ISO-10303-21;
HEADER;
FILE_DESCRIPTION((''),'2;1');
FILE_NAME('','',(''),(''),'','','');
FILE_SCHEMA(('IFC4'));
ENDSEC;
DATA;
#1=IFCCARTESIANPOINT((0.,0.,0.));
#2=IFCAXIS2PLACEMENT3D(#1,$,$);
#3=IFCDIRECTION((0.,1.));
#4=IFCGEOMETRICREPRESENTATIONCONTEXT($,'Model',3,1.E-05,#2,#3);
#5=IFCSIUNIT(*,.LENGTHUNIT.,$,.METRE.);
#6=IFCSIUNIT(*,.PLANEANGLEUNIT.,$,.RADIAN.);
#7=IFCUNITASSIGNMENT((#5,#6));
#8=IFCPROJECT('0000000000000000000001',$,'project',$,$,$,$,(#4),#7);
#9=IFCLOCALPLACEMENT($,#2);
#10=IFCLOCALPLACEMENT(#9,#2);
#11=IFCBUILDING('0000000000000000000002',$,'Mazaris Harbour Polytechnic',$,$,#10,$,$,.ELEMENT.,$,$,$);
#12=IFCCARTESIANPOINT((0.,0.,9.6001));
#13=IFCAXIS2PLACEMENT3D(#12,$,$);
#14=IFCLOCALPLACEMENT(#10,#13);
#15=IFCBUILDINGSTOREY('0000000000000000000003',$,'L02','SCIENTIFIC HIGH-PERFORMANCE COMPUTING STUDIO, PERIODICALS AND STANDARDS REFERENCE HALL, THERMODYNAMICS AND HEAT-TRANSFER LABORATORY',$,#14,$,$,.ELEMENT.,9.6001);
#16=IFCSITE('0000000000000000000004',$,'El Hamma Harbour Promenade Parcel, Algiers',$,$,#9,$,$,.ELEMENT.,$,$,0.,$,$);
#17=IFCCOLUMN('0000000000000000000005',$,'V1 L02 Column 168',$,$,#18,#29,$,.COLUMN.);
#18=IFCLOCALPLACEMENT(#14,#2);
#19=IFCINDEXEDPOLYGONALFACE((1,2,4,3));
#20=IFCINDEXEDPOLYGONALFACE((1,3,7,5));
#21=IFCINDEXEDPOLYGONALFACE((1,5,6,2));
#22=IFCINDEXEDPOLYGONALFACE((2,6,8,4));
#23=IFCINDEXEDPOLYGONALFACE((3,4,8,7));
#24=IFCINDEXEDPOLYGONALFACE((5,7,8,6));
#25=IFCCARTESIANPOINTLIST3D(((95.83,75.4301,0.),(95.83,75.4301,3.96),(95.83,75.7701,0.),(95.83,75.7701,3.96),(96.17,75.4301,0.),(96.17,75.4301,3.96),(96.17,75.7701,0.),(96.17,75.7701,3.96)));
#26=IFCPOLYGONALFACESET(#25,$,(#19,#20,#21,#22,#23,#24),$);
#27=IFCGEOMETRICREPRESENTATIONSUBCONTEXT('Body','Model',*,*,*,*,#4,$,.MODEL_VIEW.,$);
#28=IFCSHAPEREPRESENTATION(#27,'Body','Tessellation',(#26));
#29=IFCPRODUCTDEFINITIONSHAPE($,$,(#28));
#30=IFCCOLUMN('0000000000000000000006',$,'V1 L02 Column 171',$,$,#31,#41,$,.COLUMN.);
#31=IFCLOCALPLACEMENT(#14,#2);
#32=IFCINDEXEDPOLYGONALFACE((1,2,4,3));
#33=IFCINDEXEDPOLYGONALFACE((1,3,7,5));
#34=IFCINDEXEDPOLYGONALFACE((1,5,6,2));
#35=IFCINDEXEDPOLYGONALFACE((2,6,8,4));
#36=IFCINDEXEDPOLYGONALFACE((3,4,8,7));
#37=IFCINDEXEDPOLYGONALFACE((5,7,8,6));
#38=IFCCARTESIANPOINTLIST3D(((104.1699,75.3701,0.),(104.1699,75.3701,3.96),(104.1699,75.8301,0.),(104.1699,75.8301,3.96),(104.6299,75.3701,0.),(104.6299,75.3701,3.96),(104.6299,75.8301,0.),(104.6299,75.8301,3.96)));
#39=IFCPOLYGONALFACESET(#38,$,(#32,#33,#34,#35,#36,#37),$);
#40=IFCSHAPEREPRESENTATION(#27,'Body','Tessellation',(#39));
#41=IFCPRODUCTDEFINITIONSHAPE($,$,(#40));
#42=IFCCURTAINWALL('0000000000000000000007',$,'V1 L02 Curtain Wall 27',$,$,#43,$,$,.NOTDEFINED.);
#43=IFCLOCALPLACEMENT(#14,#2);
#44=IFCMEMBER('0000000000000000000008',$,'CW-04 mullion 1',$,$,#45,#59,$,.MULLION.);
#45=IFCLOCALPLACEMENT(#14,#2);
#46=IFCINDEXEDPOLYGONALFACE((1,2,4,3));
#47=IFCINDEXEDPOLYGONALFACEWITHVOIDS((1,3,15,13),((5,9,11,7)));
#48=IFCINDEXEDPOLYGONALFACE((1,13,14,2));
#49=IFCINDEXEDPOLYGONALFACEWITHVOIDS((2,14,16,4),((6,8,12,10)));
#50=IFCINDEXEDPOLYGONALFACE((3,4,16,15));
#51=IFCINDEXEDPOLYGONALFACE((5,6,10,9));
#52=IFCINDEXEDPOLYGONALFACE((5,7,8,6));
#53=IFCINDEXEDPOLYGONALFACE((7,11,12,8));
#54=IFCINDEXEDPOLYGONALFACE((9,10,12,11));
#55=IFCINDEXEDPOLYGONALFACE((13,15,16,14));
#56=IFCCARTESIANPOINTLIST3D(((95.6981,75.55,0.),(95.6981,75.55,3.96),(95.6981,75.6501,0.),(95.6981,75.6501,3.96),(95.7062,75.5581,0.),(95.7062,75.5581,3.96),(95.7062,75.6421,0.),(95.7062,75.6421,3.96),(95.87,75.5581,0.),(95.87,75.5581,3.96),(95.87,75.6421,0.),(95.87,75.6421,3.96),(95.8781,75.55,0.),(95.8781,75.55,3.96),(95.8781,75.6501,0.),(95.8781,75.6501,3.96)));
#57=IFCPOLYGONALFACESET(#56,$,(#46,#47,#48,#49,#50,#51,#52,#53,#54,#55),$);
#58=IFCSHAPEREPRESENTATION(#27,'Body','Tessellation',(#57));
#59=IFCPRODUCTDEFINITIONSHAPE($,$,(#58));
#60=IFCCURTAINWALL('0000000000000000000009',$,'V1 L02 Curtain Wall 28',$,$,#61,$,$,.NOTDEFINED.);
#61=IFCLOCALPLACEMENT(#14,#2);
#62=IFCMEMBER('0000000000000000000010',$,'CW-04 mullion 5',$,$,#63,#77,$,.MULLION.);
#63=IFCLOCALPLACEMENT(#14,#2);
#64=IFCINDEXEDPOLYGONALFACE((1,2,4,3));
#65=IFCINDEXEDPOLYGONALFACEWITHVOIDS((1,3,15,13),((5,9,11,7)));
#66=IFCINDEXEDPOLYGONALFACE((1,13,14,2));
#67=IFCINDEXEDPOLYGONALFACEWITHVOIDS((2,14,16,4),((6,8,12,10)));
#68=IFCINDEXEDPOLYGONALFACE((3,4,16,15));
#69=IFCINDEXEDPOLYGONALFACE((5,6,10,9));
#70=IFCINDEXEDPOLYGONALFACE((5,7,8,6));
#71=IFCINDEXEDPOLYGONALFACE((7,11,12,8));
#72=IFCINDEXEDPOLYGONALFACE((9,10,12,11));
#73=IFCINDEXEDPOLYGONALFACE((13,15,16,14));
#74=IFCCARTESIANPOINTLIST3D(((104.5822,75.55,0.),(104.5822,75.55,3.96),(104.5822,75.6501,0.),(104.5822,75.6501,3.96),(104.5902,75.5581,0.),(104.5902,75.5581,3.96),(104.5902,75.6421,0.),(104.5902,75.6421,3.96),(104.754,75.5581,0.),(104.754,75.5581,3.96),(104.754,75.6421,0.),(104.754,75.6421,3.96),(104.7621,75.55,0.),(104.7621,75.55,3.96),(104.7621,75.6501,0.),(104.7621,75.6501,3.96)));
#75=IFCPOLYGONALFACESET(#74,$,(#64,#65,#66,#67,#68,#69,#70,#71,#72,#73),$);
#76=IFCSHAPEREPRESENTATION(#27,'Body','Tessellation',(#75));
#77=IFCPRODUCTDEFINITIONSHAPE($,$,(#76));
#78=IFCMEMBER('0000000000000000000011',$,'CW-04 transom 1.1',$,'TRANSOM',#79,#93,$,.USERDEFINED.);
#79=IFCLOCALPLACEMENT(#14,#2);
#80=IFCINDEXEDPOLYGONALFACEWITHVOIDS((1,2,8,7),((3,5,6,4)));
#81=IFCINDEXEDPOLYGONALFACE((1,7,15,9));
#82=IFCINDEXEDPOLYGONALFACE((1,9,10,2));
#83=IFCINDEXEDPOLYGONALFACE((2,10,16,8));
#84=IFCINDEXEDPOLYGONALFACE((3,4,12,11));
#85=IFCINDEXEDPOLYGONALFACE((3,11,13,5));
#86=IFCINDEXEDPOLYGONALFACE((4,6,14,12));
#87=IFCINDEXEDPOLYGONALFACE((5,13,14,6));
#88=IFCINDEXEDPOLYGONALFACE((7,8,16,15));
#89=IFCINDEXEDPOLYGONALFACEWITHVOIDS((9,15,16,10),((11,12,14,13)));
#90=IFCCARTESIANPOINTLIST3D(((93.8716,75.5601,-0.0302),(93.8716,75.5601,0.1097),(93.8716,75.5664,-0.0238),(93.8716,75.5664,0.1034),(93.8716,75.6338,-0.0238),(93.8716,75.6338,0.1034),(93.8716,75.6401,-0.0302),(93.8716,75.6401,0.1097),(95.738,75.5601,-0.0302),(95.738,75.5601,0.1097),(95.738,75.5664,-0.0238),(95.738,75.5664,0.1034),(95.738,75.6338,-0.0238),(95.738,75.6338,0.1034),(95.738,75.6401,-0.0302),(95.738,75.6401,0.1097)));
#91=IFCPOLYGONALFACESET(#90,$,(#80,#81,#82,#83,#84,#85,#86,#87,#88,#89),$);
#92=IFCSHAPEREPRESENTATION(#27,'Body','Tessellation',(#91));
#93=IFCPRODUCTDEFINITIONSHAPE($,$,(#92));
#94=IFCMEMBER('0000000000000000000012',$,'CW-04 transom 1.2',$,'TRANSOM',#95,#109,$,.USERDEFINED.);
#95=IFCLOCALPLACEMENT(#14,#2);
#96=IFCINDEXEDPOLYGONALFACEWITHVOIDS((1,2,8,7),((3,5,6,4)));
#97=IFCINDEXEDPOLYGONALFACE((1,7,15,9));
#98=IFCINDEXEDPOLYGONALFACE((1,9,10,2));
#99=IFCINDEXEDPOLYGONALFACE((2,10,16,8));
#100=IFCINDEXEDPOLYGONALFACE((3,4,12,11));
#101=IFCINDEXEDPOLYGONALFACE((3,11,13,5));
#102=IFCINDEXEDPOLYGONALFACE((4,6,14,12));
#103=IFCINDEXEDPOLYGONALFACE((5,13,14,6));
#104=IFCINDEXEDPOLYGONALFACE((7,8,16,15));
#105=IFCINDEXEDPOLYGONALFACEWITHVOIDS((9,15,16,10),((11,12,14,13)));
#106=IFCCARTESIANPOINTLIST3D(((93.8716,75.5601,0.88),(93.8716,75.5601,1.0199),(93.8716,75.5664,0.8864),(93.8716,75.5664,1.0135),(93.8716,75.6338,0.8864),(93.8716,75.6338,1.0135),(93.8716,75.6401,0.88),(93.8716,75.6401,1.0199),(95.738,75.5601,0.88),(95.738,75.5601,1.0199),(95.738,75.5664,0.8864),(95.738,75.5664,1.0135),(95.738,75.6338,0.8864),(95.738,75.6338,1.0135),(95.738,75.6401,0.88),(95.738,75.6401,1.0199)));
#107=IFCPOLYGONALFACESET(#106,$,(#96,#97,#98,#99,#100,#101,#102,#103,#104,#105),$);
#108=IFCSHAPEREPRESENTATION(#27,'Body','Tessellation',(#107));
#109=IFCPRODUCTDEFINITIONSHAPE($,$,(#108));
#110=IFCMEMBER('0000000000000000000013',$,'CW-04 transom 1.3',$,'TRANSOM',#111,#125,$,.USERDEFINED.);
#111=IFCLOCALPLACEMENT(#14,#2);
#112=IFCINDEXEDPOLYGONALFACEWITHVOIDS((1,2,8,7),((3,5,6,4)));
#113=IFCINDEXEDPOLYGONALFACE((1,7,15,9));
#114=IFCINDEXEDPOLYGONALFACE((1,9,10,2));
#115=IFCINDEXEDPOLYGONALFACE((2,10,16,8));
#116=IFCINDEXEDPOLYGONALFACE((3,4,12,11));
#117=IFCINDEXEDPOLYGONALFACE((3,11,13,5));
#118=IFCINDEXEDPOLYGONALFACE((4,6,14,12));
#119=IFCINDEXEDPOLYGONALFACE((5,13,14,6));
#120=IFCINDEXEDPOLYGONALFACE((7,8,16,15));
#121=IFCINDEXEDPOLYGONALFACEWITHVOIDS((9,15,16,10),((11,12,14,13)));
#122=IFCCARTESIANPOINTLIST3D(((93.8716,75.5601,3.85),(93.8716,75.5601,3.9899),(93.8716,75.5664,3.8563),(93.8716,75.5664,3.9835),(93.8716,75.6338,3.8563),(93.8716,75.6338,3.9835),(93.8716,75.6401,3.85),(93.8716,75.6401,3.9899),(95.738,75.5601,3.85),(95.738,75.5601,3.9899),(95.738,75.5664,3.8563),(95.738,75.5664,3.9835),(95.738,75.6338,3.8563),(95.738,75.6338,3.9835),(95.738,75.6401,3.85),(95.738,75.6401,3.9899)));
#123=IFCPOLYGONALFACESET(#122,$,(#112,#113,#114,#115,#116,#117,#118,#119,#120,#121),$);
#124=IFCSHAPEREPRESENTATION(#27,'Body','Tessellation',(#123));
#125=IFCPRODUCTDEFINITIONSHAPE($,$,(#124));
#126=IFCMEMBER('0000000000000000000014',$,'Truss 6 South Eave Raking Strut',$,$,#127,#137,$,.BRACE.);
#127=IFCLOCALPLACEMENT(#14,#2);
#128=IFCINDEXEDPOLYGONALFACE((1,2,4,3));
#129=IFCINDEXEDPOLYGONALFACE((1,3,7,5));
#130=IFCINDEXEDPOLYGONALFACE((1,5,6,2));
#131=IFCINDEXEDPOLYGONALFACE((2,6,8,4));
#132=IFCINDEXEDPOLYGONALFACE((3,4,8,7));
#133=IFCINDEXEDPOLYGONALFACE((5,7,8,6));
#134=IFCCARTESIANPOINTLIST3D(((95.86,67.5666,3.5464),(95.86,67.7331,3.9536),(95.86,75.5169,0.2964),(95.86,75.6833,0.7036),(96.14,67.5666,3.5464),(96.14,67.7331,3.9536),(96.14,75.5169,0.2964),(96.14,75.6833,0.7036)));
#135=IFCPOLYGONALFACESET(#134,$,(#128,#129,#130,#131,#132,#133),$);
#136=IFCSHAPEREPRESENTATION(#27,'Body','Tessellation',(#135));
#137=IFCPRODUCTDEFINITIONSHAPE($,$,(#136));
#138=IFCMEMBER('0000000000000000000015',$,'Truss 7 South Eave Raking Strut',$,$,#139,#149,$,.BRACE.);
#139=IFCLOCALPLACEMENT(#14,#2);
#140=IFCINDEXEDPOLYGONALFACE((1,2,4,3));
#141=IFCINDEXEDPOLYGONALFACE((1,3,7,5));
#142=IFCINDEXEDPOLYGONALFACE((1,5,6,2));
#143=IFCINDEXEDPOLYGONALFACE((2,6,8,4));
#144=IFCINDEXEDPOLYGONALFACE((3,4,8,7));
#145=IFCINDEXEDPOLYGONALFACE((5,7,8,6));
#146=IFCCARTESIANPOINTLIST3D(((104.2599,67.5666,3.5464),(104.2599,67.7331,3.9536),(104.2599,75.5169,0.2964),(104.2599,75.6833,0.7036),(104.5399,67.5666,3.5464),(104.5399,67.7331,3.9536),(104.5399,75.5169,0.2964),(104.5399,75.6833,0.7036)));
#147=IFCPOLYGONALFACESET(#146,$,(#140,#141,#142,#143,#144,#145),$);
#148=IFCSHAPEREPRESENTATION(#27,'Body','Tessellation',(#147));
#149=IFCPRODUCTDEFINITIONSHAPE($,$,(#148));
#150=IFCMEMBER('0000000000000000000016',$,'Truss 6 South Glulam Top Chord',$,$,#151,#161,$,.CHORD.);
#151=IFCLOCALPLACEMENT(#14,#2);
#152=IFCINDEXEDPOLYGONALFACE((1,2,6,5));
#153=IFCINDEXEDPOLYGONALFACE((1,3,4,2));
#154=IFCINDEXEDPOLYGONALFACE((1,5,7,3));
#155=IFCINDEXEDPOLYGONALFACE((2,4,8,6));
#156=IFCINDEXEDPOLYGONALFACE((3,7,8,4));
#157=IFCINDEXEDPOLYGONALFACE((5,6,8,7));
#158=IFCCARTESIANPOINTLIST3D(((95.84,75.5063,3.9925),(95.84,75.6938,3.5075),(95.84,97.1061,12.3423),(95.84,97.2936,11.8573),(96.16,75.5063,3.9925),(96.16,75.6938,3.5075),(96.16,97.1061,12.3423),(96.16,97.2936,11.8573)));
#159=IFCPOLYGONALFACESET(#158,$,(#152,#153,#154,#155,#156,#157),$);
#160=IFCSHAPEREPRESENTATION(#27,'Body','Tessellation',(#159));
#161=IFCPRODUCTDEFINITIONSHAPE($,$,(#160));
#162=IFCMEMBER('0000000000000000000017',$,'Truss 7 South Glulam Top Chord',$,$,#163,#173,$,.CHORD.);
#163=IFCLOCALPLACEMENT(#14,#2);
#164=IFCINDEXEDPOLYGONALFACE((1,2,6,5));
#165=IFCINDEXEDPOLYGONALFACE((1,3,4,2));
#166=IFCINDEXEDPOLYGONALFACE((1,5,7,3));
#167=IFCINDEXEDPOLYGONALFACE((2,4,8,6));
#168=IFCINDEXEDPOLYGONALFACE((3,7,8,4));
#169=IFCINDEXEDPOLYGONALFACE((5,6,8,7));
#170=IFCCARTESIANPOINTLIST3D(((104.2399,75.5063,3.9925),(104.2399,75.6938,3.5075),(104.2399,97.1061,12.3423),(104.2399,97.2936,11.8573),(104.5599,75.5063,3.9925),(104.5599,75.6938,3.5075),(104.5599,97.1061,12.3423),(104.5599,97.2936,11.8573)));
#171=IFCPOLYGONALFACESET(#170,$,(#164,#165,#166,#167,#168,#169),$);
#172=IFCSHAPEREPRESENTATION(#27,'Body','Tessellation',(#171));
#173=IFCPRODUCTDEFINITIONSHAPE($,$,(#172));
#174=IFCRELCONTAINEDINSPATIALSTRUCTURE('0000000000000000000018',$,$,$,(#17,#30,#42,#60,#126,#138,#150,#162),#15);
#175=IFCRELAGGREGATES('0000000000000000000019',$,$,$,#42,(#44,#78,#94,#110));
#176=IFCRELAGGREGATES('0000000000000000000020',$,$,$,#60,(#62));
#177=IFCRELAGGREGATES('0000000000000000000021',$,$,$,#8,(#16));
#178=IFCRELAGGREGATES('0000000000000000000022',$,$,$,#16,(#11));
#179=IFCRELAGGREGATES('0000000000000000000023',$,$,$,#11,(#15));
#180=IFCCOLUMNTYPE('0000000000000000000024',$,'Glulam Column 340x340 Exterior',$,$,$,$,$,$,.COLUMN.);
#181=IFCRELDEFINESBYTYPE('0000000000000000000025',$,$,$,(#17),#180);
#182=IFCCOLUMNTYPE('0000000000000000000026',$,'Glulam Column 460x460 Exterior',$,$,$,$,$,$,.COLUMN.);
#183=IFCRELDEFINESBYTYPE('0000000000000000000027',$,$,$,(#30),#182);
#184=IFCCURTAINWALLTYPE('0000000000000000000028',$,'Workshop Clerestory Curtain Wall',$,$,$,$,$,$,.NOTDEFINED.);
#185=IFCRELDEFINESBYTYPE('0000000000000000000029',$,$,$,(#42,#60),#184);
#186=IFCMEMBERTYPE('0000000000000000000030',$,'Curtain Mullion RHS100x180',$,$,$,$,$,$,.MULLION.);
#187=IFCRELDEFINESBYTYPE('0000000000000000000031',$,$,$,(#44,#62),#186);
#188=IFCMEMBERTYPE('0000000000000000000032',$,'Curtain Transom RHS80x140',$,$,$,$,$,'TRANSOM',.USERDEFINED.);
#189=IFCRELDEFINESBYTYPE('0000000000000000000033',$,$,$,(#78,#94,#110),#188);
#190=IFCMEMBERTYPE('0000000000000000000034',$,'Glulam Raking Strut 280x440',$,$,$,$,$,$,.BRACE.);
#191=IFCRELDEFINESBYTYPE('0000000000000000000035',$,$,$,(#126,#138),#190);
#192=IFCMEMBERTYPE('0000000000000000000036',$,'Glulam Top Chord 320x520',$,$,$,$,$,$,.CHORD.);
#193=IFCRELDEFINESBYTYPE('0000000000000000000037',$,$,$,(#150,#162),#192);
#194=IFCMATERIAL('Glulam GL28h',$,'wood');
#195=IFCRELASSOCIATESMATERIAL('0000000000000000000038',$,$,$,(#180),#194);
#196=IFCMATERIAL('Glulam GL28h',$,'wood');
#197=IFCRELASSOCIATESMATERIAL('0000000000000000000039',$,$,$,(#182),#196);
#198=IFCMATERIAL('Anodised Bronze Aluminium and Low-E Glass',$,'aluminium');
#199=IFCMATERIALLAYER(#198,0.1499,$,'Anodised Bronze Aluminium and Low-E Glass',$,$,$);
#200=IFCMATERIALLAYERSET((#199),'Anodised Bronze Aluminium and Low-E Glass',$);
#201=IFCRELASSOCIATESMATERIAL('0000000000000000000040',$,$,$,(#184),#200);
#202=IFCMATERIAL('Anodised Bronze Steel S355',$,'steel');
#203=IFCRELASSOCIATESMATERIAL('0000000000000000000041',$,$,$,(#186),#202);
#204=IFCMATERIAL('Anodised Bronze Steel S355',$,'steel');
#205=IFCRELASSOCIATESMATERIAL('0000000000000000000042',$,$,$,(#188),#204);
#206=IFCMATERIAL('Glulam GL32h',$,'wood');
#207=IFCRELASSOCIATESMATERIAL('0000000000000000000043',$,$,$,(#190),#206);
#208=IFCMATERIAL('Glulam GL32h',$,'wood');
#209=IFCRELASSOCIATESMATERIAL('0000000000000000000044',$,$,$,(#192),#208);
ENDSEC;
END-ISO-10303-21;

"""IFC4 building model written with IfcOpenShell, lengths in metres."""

from ifc_helpers import new_model, si_unit, direction, frame, origin, origin_2d, place, context, subcontext, project, spatial, rectangle, hollow_rectangle, extrude, material, layer, layer_set, material_profile, profile_set, type_object, element, aggregate, save


model = new_model("IFC4")

# Units and contexts
model_context = context("Model", 3, precision=1e-05, world=origin(), true_north=direction((0.0, 1.0)))
body_context = subcontext(model_context, "Body", "Model", "MODEL_VIEW")
ifc_project = project(units=[si_unit("LENGTHUNIT", "METRE"), si_unit("PLANEANGLEUNIT", "RADIAN")], contexts=[model_context])

# Site, building, storey
site_placement = place(None, origin())
site = spatial("IfcSite", under=ifc_project, at=site_placement, Name="El Hamma Harbour Promenade Parcel, Algiers", CompositionType="ELEMENT", RefElevation=0.0)
building_placement = place(site_placement, origin())
building = spatial("IfcBuilding", under=site, at=building_placement, Name="Mazaris Harbour Polytechnic", CompositionType="ELEMENT")
storey_placement = place(building_placement, frame((0.0, 0.0, 9.6001)))
storey = spatial("IfcBuildingStorey", under=building, at=storey_placement, Name="L02", Description="SCIENTIFIC HIGH-PERFORMANCE COMPUTING STUDIO, PERIODICALS AND STANDARDS REFERENCE HALL, THERMODYNAMICS AND HEAT-TRANSFER LABORATORY", CompositionType="ELEMENT", Elevation=9.6001)

# Columns
ifc_material_1 = material(Name="Glulam GL28h", Category="wood")
ifc_material_profile_1 = material_profile(ifc_material_1, rectangle(XDim=0.3401, YDim=0.3401, at=origin_2d()), Name="RECT340x340")
ifc_profile_set_1 = profile_set([ifc_material_profile_1], Name="Glulam GL28h")
column_type_1 = type_object("IfcColumnType", Name="Glulam Column 340x340 Exterior", PredefinedType="COLUMN", material=ifc_profile_set_1)
column_1_placement = place(storey_placement, frame((96.0, 75.6001, 0.0), z_axis=(0.0, 0.0, 1.0), x_axis=(1.0, 0.0, 0.0)))
element("IfcColumn", 1, at=column_1_placement, inside=storey, type_object=column_type_1, Name="V1 L02 Column 168", PredefinedType="COLUMN", context=body_context, shape_type="SweptSolid", body=[
    extrude(rectangle(XDim=0.3401, YDim=0.3401, at=origin_2d()), origin(), (0.0, 0.0, 1.0), 3.96),
])
ifc_material_2 = material(Name="Glulam GL28h", Category="wood")
ifc_material_profile_2 = material_profile(ifc_material_2, rectangle(XDim=0.46, YDim=0.46, at=origin_2d()), Name="RECT460x460")
ifc_profile_set_2 = profile_set([ifc_material_profile_2], Name="Glulam GL28h")
column_type_2 = type_object("IfcColumnType", Name="Glulam Column 460x460 Exterior", PredefinedType="COLUMN", material=ifc_profile_set_2)
column_2_placement = place(storey_placement, frame((104.3999, 75.6001, 0.0), z_axis=(0.0, 0.0, 1.0), x_axis=(1.0, 0.0, 0.0)))
element("IfcColumn", 2, at=column_2_placement, inside=storey, type_object=column_type_2, Name="V1 L02 Column 171", PredefinedType="COLUMN", context=body_context, shape_type="SweptSolid", body=[
    extrude(rectangle(XDim=0.46, YDim=0.46, at=origin_2d()), origin(), (0.0, 0.0, 1.0), 3.96),
])

# Curtain walls, members
ifc_material_3 = material(Name="Anodised Bronze Aluminium and Low-E Glass", Category="aluminium")
ifc_layer_1 = layer(ifc_material_3, 0.1499, Name="Anodised Bronze Aluminium and Low-E Glass")
ifc_layer_set_1 = layer_set([ifc_layer_1], Name="Anodised Bronze Aluminium and Low-E Glass")
curtain_wall_type = type_object("IfcCurtainWallType", Name="Workshop Clerestory Curtain Wall", PredefinedType="NOTDEFINED", material=ifc_layer_set_1)
curtain_wall_1_placement = place(storey_placement, origin())
curtain_wall_1 = element("IfcCurtainWall", 3, at=curtain_wall_1_placement, inside=storey, type_object=curtain_wall_type, Name="V1 L02 Curtain Wall 27", PredefinedType="NOTDEFINED")
ifc_material_4 = material(Name="Anodised Bronze Steel S355", Category="steel")
ifc_material_profile_3 = material_profile(ifc_material_4, hollow_rectangle(XDim=0.1001, YDim=0.1799, WallThickness=0.0081, at=origin_2d()), Name="RHS 100x180x8.0")
ifc_profile_set_3 = profile_set([ifc_material_profile_3], Name="Anodised Bronze Steel S355")
member_type_1 = type_object("IfcMemberType", Name="Curtain Mullion RHS100x180", PredefinedType="MULLION", material=ifc_profile_set_3)
member_1_placement = place(storey_placement, frame((95.7881, 75.6001, 0.0), z_axis=(0.0, 0.0, 1.0), x_axis=(0.0, -1.0, 0.0)))
member_1 = element("IfcMember", 4, at=member_1_placement, type_object=member_type_1, Name="CW-04 mullion 1", PredefinedType="MULLION", context=body_context, shape_type="SweptSolid", body=[
    extrude(hollow_rectangle(XDim=0.1001, YDim=0.1799, WallThickness=0.0081, at=origin_2d()), origin(), (0.0, 0.0, 1.0), 3.96),
])
curtain_wall_2_placement = place(storey_placement, origin())
curtain_wall_2 = element("IfcCurtainWall", 5, at=curtain_wall_2_placement, inside=storey, type_object=curtain_wall_type, Name="V1 L02 Curtain Wall 28", PredefinedType="NOTDEFINED")
member_2_placement = place(storey_placement, frame((104.6721, 75.6001, 0.0), z_axis=(0.0, 0.0, 1.0), x_axis=(0.0, -1.0, 0.0)))
member_2 = element("IfcMember", 6, at=member_2_placement, type_object=member_type_1, Name="CW-04 mullion 5", PredefinedType="MULLION", context=body_context, shape_type="SweptSolid", body=[
    extrude(hollow_rectangle(XDim=0.1001, YDim=0.1799, WallThickness=0.0081, at=origin_2d()), origin(), (0.0, 0.0, 1.0), 3.96),
])

# Members
ifc_material_5 = material(Name="Anodised Bronze Steel S355", Category="steel")
ifc_material_profile_4 = material_profile(ifc_material_5, hollow_rectangle(XDim=0.0801, YDim=0.1399, WallThickness=0.0063, at=origin_2d()), Name="RHS 80x140x6.3")
ifc_profile_set_4 = profile_set([ifc_material_profile_4], Name="Anodised Bronze Steel S355")
member_type_2 = type_object("IfcMemberType", Name="Curtain Transom RHS80x140", ElementType="TRANSOM", PredefinedType="USERDEFINED", material=ifc_profile_set_4)
member_3_placement = place(storey_placement, frame((95.738, 75.6001, 0.0398), z_axis=(-1.0, 0.0, 0.0), x_axis=(0.0, -1.0, 0.0)))
member_3 = element("IfcMember", 7, at=member_3_placement, type_object=member_type_2, Name="CW-04 transom 1.1", ObjectType="TRANSOM", PredefinedType="USERDEFINED", context=body_context, shape_type="SweptSolid", body=[
    extrude(hollow_rectangle(XDim=0.0801, YDim=0.1399, WallThickness=0.0063, at=origin_2d()), origin(), (0.0, 0.0, 1.0), 1.8665),
])
member_4_placement = place(storey_placement, frame((95.738, 75.6001, 0.95), z_axis=(-1.0, 0.0, 0.0), x_axis=(0.0, -1.0, 0.0)))
member_4 = element("IfcMember", 8, at=member_4_placement, type_object=member_type_2, Name="CW-04 transom 1.2", ObjectType="TRANSOM", PredefinedType="USERDEFINED", context=body_context, shape_type="SweptSolid", body=[
    extrude(hollow_rectangle(XDim=0.0801, YDim=0.1399, WallThickness=0.0063, at=origin_2d()), origin(), (0.0, 0.0, 1.0), 1.8665),
])
member_5_placement = place(storey_placement, frame((95.738, 75.6001, 3.9199), z_axis=(-1.0, 0.0, 0.0), x_axis=(0.0, -1.0, 0.0)))
member_5 = element("IfcMember", 9, at=member_5_placement, type_object=member_type_2, Name="CW-04 transom 1.3", ObjectType="TRANSOM", PredefinedType="USERDEFINED", context=body_context, shape_type="SweptSolid", body=[
    extrude(hollow_rectangle(XDim=0.0801, YDim=0.1399, WallThickness=0.0063, at=origin_2d()), origin(), (0.0, 0.0, 1.0), 1.8665),
])

# Members
ifc_material_6 = material(Name="Glulam GL32h", Category="wood")
ifc_material_profile_5 = material_profile(ifc_material_6, rectangle(XDim=0.28, YDim=0.4399, at=origin_2d()), Name="RECT280x440")
ifc_profile_set_5 = profile_set([ifc_material_profile_5], Name="Glulam GL32h")
member_type_3 = type_object("IfcMemberType", Name="Glulam Raking Strut 280x440", PredefinedType="BRACE", material=ifc_profile_set_5)
for number, where, z_axis, x_axis, name in (
    (10, (96.0, 75.6001, 0.5), (0.0, -0.925643, 0.378398), (1.0, 0.0, 0.0), "Truss 6 South Eave Raking Strut"),
    (11, (104.3999, 75.6001, 0.5), (0.0, -0.925643, 0.378398), (1.0, 0.0, 0.0), "Truss 7 South Eave Raking Strut"),
):
    element("IfcMember", number, at=place(storey_placement, frame(where, z_axis=z_axis, x_axis=x_axis)), inside=storey, type_object=member_type_3, Name=name, PredefinedType="BRACE", context=body_context, shape_type="SweptSolid", body=[
        extrude(rectangle(XDim=0.28, YDim=0.4399, at=origin_2d()), origin(), (0.0, 0.0, 1.0), 8.5889),
    ])
ifc_material_7 = material(Name="Glulam GL32h", Category="wood")
ifc_material_profile_6 = material_profile(ifc_material_7, rectangle(XDim=0.3201, YDim=0.52, at=origin_2d()), Name="RECT320x520")
ifc_profile_set_6 = profile_set([ifc_material_profile_6], Name="Glulam GL32h")
member_type_4 = type_object("IfcMemberType", Name="Glulam Top Chord 320x520", PredefinedType="CHORD", material=ifc_profile_set_6)
for number, where, z_axis, x_axis, name in (
    (12, (96.0, 75.6001, 3.75), (0.0, 0.932733, 0.360567), (-1.0, 0.0, 0.0), "Truss 6 South Glulam Top Chord"),
    (13, (104.3999, 75.6001, 3.75), (0.0, 0.932733, 0.360567), (-1.0, 0.0, 0.0), "Truss 7 South Glulam Top Chord"),
):
    element("IfcMember", number, at=place(storey_placement, frame(where, z_axis=z_axis, x_axis=x_axis)), inside=storey, type_object=member_type_4, Name=name, PredefinedType="CHORD", context=body_context, shape_type="SweptSolid", body=[
        extrude(rectangle(XDim=0.3201, YDim=0.52, at=origin_2d()), origin(), (0.0, 0.0, 1.0), 23.1575),
    ])

aggregate(curtain_wall_1, [member_1, member_3, member_4, member_5])
aggregate(curtain_wall_2, [member_2])

save(model, "model.ifc")
